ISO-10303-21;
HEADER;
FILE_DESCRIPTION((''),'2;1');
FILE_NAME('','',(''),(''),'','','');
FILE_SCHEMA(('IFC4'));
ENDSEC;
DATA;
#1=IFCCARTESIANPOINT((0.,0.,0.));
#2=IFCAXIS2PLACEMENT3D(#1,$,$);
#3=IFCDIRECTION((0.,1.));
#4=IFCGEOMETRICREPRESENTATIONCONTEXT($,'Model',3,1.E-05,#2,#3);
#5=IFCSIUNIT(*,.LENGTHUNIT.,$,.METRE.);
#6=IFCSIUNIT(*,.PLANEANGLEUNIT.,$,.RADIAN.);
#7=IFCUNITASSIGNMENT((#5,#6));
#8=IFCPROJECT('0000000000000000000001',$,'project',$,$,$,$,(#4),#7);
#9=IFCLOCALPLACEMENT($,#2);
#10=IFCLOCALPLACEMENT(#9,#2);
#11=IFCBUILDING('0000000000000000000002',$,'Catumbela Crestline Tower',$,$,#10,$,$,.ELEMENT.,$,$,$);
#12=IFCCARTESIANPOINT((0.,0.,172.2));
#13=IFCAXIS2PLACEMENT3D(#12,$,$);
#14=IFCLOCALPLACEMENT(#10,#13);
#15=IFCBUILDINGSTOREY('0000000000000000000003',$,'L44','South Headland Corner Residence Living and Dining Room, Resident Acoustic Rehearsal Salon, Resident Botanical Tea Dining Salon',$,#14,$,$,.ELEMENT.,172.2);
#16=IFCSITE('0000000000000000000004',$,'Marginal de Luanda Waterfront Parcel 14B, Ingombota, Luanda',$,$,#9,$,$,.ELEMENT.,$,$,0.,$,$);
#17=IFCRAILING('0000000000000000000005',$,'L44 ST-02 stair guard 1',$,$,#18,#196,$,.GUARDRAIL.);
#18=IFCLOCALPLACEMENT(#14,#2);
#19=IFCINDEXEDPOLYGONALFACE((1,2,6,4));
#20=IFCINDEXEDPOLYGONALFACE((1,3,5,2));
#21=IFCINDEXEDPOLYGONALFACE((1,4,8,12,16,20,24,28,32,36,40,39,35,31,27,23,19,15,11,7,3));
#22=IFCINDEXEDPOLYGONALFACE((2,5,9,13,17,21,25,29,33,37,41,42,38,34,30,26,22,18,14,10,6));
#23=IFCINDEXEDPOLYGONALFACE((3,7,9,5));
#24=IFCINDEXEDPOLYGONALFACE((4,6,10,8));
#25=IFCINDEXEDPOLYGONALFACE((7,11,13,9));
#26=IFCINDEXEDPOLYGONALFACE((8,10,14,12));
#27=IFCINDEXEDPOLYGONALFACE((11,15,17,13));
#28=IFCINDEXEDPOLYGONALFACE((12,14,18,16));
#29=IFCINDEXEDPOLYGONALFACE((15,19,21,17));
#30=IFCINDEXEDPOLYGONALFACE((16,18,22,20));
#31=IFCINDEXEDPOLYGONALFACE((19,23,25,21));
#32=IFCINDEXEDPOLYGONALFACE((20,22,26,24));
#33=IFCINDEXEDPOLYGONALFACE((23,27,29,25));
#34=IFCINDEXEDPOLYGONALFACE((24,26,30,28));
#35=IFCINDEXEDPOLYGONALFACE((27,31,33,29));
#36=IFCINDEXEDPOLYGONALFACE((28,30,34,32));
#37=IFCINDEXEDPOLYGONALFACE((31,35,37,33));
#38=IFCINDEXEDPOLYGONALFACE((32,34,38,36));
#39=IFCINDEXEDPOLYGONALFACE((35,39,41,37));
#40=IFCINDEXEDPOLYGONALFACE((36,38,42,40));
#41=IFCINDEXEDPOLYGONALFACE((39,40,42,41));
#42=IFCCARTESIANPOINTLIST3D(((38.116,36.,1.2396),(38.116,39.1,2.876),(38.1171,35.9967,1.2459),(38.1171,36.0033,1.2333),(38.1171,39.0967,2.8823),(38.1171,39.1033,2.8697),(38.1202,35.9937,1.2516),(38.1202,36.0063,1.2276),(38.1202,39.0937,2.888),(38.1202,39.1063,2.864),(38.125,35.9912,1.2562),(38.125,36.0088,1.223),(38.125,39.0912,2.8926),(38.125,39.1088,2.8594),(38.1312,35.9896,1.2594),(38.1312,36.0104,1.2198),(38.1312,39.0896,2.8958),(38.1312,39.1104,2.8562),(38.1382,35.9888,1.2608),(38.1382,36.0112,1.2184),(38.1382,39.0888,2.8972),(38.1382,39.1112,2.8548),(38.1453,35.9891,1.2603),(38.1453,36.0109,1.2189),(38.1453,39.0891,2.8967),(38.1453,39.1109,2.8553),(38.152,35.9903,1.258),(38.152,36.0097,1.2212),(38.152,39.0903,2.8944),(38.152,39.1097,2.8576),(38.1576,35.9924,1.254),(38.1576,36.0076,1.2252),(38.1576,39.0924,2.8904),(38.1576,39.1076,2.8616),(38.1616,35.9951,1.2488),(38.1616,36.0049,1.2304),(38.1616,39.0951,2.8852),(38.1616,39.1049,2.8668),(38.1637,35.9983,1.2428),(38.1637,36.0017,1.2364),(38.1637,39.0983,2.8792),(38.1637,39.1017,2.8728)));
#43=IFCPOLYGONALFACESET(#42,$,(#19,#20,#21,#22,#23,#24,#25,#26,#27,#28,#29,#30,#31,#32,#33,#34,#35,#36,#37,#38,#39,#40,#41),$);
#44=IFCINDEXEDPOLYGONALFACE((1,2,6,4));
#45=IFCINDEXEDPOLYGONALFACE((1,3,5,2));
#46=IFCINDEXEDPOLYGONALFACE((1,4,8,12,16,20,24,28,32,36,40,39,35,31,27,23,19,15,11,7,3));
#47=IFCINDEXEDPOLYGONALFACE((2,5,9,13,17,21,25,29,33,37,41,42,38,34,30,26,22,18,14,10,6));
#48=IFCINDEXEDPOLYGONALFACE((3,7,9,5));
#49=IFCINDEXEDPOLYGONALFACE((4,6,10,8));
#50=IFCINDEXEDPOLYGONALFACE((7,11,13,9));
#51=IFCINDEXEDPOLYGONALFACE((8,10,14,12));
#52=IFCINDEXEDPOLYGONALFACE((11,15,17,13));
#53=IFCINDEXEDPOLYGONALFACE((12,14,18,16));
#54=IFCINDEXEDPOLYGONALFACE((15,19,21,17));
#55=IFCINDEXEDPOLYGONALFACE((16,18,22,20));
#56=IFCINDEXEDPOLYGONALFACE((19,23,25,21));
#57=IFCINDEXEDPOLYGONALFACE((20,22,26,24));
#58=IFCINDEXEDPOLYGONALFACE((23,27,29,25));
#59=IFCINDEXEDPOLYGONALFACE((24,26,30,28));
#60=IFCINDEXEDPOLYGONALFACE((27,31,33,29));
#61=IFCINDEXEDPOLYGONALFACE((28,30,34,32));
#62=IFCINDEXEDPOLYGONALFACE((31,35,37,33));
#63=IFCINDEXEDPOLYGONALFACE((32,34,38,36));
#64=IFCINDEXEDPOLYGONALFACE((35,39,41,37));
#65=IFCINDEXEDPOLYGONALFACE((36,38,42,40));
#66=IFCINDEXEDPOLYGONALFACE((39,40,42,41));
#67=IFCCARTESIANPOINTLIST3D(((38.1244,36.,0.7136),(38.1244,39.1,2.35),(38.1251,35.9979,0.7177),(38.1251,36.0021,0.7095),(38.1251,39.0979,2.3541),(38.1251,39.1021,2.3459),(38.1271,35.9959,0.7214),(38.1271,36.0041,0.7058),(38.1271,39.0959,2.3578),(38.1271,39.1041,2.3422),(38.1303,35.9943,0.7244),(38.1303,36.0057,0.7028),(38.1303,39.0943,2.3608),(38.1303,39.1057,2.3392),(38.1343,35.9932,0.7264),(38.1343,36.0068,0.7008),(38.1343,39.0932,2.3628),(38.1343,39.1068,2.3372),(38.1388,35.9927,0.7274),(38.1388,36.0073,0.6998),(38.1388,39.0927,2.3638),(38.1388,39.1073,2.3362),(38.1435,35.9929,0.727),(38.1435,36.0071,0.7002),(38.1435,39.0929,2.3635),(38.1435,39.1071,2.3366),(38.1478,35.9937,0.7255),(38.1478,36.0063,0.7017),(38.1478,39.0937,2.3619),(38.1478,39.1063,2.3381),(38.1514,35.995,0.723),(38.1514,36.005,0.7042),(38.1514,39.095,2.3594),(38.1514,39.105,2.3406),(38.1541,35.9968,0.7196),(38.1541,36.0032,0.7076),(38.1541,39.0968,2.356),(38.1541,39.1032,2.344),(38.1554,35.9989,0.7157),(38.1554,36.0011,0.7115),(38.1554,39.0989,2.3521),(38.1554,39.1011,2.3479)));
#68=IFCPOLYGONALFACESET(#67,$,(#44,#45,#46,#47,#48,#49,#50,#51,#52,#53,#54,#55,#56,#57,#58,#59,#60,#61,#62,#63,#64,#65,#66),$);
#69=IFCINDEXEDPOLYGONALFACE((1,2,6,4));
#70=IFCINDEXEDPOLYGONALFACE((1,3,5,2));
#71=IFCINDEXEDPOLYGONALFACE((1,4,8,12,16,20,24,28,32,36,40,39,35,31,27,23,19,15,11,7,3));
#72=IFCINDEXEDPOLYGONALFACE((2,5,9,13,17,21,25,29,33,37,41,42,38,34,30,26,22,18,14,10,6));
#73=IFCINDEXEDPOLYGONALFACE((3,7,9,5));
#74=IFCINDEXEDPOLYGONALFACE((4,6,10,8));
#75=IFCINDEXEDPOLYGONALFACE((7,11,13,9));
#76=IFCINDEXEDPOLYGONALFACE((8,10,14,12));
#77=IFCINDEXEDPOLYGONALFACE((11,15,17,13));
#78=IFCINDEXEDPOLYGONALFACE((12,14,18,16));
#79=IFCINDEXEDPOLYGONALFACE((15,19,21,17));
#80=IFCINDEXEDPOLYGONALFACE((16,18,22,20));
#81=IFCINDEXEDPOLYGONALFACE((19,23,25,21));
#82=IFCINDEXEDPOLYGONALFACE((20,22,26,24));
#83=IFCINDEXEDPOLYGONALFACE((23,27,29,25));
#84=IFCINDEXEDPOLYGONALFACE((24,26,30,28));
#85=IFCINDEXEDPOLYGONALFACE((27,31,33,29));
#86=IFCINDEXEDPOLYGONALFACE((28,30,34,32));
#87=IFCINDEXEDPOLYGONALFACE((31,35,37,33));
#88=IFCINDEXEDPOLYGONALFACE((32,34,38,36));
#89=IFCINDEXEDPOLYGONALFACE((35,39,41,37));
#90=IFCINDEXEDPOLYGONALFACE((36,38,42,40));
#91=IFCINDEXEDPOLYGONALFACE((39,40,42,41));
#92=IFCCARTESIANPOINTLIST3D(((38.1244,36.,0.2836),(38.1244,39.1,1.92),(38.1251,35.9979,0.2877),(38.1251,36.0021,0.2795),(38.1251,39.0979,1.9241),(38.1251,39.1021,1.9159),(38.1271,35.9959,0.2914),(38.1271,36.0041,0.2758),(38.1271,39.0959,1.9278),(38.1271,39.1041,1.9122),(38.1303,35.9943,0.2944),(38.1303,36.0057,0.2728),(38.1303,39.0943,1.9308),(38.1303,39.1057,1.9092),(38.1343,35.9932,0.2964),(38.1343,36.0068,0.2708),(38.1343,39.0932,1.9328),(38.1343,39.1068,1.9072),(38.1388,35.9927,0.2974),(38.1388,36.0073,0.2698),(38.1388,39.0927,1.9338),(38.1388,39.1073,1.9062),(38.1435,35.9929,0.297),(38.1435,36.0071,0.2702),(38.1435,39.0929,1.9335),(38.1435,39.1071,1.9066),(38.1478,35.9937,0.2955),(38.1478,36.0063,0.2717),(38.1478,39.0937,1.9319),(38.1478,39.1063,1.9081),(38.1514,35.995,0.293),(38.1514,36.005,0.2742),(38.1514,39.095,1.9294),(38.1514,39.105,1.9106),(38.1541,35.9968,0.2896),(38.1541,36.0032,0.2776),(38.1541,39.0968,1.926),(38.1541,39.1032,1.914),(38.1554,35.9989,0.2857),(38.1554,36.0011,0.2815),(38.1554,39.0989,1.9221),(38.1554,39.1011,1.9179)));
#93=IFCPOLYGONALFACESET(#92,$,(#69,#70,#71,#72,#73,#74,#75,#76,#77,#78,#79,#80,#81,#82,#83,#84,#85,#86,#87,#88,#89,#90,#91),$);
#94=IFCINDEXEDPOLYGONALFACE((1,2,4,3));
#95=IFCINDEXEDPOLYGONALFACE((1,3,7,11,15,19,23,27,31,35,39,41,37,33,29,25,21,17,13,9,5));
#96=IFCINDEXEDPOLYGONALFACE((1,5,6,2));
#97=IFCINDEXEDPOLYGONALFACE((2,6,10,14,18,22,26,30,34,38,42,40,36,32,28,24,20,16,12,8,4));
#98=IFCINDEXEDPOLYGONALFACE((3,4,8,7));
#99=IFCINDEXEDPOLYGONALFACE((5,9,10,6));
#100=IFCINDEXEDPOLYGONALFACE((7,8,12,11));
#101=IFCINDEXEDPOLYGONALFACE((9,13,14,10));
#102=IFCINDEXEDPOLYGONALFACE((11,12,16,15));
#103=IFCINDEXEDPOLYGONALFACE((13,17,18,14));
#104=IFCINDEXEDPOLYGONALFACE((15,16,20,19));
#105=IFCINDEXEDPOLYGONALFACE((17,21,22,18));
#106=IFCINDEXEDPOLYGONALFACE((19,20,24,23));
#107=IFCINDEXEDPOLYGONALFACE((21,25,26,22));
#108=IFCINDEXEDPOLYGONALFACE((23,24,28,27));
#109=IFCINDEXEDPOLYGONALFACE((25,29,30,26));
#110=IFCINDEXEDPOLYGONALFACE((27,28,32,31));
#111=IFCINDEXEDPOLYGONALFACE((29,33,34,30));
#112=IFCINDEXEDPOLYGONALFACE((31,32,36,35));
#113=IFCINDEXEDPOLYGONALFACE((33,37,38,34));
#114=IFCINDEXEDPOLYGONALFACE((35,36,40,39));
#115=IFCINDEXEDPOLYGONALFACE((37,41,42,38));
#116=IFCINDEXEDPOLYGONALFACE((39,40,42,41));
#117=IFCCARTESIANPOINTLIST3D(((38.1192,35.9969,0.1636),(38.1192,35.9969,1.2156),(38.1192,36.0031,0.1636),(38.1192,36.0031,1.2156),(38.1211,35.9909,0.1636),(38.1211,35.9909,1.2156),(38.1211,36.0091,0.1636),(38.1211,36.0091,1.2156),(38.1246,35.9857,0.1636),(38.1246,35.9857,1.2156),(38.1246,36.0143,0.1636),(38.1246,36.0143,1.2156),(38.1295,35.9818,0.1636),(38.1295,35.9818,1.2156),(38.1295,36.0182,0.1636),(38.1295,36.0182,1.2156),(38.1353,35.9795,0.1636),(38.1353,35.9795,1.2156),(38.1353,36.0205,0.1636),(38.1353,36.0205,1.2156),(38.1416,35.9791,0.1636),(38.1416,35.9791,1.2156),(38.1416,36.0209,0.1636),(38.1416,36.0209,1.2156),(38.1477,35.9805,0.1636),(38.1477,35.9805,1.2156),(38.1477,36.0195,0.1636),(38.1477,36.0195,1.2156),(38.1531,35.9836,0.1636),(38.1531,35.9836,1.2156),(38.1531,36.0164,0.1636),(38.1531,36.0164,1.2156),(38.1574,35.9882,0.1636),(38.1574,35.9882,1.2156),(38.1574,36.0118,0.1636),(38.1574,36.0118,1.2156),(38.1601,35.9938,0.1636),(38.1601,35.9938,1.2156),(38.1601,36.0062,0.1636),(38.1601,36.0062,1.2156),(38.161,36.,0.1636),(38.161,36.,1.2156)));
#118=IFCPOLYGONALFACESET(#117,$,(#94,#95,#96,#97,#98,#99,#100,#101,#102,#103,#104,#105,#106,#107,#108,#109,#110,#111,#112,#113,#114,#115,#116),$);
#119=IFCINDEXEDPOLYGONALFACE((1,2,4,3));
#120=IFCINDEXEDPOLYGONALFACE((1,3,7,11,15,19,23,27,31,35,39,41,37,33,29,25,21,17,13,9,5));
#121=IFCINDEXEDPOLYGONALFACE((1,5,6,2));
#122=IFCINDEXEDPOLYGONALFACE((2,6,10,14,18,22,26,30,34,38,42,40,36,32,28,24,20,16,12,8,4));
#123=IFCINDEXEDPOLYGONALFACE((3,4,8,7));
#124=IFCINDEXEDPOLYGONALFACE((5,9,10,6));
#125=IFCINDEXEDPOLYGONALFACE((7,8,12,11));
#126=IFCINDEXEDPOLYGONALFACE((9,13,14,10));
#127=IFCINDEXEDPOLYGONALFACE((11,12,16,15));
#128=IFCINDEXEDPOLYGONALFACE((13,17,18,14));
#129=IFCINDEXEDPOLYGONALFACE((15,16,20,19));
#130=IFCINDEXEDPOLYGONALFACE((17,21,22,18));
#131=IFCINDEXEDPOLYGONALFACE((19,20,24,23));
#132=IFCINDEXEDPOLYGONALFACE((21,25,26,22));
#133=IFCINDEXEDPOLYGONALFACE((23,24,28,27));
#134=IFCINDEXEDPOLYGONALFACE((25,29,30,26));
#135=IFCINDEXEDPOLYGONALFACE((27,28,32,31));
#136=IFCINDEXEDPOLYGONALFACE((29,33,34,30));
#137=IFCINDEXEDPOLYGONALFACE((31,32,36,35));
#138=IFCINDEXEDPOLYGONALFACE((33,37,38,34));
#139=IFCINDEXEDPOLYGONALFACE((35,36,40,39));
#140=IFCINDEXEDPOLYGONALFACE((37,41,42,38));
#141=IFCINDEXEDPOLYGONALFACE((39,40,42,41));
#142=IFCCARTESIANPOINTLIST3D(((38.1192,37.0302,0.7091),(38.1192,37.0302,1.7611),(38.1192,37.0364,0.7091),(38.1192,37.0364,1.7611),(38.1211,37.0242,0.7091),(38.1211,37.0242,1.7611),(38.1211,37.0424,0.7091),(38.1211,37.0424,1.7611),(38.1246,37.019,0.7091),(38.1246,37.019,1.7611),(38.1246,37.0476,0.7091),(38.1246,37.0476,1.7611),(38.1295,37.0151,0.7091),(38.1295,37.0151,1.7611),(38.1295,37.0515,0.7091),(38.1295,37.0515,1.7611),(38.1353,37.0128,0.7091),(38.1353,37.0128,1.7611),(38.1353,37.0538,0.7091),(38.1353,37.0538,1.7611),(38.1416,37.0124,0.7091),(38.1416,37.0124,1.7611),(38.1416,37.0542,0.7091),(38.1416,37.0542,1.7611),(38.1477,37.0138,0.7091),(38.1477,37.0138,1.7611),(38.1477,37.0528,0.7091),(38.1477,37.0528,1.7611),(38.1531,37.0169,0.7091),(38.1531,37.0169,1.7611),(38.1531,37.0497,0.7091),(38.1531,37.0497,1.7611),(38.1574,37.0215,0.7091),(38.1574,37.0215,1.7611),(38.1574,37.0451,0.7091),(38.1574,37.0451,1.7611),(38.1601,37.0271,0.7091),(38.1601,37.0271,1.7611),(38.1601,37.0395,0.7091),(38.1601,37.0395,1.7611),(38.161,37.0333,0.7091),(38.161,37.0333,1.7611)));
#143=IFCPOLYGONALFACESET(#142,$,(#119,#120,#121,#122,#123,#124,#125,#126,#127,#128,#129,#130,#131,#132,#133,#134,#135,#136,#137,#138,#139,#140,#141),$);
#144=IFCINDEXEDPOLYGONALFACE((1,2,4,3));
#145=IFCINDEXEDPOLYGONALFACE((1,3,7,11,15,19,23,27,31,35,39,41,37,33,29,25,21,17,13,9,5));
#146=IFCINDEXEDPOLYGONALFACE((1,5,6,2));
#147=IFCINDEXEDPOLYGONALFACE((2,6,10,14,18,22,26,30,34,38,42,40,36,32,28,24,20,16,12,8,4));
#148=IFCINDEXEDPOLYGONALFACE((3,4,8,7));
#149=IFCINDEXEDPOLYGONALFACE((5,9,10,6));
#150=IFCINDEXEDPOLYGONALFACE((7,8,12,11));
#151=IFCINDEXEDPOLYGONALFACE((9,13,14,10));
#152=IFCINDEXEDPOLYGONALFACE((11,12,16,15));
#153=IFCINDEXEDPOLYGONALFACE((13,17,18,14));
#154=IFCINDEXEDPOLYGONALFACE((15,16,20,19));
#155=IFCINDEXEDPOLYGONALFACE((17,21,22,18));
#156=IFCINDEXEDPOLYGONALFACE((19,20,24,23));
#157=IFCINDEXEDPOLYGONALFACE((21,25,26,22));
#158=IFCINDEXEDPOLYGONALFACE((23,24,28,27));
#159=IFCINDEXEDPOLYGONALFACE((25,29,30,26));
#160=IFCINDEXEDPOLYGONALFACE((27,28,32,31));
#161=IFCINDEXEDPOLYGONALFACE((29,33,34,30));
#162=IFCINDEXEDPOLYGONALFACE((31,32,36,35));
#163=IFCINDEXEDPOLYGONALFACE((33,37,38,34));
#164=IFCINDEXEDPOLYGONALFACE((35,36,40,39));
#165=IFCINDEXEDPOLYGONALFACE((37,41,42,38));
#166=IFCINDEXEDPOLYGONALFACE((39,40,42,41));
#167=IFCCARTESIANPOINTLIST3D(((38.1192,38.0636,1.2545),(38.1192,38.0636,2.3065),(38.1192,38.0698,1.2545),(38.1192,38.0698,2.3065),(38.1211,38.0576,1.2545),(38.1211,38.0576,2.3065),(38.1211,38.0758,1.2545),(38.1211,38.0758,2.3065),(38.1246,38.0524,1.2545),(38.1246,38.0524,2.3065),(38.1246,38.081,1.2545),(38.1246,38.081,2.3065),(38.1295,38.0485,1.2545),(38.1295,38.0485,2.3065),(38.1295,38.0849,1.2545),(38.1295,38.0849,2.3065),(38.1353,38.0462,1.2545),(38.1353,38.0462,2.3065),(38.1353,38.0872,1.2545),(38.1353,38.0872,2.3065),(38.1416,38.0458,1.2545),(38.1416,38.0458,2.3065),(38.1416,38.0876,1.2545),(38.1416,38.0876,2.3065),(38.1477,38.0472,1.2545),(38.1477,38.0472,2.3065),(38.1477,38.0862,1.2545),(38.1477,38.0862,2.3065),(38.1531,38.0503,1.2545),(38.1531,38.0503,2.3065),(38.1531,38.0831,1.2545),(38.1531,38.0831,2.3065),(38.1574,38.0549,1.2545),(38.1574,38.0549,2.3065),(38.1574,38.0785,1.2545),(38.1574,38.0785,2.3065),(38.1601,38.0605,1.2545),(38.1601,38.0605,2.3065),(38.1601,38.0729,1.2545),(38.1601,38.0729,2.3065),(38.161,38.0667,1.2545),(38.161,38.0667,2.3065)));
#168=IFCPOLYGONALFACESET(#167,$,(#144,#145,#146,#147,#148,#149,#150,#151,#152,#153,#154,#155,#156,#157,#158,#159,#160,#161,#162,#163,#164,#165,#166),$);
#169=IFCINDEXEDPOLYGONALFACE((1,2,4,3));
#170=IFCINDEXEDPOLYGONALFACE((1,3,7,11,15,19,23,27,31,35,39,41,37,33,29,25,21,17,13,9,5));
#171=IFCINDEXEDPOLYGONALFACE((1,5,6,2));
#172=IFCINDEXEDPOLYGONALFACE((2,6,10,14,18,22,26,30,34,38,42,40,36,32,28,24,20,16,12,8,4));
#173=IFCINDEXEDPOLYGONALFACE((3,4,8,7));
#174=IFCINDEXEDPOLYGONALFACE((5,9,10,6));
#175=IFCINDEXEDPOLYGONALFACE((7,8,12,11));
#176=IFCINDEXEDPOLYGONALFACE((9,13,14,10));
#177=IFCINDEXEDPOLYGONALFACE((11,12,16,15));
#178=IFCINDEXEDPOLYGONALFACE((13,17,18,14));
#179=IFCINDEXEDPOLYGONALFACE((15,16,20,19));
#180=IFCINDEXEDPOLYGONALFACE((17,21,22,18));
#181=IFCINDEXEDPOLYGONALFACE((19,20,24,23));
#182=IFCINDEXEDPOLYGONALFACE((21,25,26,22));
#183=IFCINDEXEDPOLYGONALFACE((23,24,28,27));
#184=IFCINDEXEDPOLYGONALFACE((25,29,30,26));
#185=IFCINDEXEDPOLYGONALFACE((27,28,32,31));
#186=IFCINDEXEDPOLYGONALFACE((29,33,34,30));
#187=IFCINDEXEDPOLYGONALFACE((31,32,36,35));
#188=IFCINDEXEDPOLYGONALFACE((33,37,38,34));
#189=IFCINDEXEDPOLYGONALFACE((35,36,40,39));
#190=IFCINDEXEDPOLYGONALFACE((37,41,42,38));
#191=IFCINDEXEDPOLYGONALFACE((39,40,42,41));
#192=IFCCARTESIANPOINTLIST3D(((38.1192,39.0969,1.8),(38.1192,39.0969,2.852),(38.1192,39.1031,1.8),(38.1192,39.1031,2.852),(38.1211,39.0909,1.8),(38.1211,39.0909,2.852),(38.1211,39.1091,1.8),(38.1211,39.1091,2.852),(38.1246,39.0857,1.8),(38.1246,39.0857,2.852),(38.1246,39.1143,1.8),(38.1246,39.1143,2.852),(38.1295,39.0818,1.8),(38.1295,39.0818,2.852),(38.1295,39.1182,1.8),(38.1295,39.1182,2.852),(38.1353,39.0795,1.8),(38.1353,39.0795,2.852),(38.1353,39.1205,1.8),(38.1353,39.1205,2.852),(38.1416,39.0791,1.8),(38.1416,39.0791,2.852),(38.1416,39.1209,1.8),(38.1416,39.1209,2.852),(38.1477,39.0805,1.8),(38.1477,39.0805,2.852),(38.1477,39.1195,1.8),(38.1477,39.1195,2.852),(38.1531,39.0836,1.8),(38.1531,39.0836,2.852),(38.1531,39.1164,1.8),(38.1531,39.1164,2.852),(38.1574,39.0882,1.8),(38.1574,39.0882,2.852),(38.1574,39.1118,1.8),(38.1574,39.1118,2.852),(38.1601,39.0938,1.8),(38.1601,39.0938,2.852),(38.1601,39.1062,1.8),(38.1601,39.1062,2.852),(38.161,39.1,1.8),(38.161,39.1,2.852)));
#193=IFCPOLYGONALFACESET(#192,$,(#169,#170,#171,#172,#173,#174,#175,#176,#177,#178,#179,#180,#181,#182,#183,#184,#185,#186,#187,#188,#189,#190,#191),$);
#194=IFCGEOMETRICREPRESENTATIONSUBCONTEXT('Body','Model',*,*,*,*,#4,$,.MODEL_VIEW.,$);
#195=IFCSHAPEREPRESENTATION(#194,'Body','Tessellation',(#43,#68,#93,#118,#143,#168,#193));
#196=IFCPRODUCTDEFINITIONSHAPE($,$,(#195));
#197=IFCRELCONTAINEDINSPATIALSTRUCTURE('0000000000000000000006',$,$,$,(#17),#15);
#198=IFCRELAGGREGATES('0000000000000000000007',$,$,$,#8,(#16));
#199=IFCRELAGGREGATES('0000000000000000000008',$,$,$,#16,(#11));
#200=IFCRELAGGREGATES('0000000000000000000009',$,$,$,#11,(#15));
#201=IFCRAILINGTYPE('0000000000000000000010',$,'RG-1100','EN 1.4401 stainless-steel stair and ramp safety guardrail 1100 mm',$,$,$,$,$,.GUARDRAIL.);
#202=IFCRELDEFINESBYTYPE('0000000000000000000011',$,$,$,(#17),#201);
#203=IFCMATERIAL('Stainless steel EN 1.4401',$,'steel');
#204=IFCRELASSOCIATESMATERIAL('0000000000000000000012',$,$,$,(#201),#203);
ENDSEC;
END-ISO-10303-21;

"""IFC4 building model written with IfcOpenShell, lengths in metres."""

from ifc_helpers import new_model, si_unit, direction, frame, origin, origin_2d, place, context, subcontext, project, spatial, circle, extrude, material, type_object, element, save


model = new_model("IFC4")

# Units and contexts
model_context = context("Model", 3, precision=1e-05, world=origin(), true_north=direction((0.0, 1.0)))
body_context = subcontext(model_context, "Body", "Model", "MODEL_VIEW")
ifc_project = project(units=[si_unit("LENGTHUNIT", "METRE"), si_unit("PLANEANGLEUNIT", "RADIAN")], contexts=[model_context])

# Site, building, storey
site_placement = place(None, origin())
site = spatial("IfcSite", under=ifc_project, at=site_placement, Name="Marginal de Luanda Waterfront Parcel 14B, Ingombota, Luanda", CompositionType="ELEMENT", RefElevation=0.0)
building_placement = place(site_placement, origin())
building = spatial("IfcBuilding", under=site, at=building_placement, Name="Catumbela Crestline Tower", CompositionType="ELEMENT")
storey_placement = place(building_placement, frame((0.0, 0.0, 172.2)))
storey = spatial("IfcBuildingStorey", under=building, at=storey_placement, Name="L44", Description="South Headland Corner Residence Living and Dining Room, Resident Acoustic Rehearsal Salon, Resident Botanical Tea Dining Salon", CompositionType="ELEMENT", Elevation=172.2)

# Shared definitions
ifc_material_1 = material(Name="Stainless steel EN 1.4401", Category="steel")

# Railing
railing_type_1 = type_object("IfcRailingType", Name="RG-1100", Description="EN 1.4401 stainless-steel stair and ramp safety guardrail 1100 mm", PredefinedType="GUARDRAIL", material=ifc_material_1)
railing_1_placement = place(storey_placement, frame((38.14, 36.0, 0.1636)))
element("IfcRailing", 1, at=railing_1_placement, inside=storey, type_object=railing_type_1, Name="L44 ST-02 stair guard 1", PredefinedType="GUARDRAIL", context=body_context, shape_type="SweptSolid", body=[
    extrude(circle(Radius=0.024, at=origin_2d()), frame((0.0, 0.0, 1.076), z_axis=(0.0, 0.884351, 0.466823), x_axis=(-1.0, 0.0, 0.0)), (0.0, 0.0, 1.0), 3.5054),
    extrude(circle(Radius=0.0156, at=origin_2d()), frame((0.0, 0.0, 0.55), z_axis=(0.0, 0.884351, 0.466823), x_axis=(-1.0, 0.0, 0.0)), (0.0, 0.0, 1.0), 3.5054),
    extrude(circle(Radius=0.0156, at=origin_2d()), frame((0.0, 0.0, 0.12), z_axis=(0.0, 0.884351, 0.466823), x_axis=(-1.0, 0.0, 0.0)), (0.0, 0.0, 1.0), 3.5054),
    extrude(circle(Radius=0.021, at=origin_2d()), origin(), (0.0, 0.0, 1.0), 1.052),
    extrude(circle(Radius=0.021, at=origin_2d()), frame((0.0, 1.0333, 0.5455)), (0.0, 0.0, 1.0), 1.052),
    extrude(circle(Radius=0.021, at=origin_2d()), frame((0.0, 2.0667, 1.0909)), (0.0, 0.0, 1.0), 1.052),
    extrude(circle(Radius=0.021, at=origin_2d()), frame((0.0, 3.1, 1.6364)), (0.0, 0.0, 1.0), 1.052),
])

save(model, "model.ifc")
